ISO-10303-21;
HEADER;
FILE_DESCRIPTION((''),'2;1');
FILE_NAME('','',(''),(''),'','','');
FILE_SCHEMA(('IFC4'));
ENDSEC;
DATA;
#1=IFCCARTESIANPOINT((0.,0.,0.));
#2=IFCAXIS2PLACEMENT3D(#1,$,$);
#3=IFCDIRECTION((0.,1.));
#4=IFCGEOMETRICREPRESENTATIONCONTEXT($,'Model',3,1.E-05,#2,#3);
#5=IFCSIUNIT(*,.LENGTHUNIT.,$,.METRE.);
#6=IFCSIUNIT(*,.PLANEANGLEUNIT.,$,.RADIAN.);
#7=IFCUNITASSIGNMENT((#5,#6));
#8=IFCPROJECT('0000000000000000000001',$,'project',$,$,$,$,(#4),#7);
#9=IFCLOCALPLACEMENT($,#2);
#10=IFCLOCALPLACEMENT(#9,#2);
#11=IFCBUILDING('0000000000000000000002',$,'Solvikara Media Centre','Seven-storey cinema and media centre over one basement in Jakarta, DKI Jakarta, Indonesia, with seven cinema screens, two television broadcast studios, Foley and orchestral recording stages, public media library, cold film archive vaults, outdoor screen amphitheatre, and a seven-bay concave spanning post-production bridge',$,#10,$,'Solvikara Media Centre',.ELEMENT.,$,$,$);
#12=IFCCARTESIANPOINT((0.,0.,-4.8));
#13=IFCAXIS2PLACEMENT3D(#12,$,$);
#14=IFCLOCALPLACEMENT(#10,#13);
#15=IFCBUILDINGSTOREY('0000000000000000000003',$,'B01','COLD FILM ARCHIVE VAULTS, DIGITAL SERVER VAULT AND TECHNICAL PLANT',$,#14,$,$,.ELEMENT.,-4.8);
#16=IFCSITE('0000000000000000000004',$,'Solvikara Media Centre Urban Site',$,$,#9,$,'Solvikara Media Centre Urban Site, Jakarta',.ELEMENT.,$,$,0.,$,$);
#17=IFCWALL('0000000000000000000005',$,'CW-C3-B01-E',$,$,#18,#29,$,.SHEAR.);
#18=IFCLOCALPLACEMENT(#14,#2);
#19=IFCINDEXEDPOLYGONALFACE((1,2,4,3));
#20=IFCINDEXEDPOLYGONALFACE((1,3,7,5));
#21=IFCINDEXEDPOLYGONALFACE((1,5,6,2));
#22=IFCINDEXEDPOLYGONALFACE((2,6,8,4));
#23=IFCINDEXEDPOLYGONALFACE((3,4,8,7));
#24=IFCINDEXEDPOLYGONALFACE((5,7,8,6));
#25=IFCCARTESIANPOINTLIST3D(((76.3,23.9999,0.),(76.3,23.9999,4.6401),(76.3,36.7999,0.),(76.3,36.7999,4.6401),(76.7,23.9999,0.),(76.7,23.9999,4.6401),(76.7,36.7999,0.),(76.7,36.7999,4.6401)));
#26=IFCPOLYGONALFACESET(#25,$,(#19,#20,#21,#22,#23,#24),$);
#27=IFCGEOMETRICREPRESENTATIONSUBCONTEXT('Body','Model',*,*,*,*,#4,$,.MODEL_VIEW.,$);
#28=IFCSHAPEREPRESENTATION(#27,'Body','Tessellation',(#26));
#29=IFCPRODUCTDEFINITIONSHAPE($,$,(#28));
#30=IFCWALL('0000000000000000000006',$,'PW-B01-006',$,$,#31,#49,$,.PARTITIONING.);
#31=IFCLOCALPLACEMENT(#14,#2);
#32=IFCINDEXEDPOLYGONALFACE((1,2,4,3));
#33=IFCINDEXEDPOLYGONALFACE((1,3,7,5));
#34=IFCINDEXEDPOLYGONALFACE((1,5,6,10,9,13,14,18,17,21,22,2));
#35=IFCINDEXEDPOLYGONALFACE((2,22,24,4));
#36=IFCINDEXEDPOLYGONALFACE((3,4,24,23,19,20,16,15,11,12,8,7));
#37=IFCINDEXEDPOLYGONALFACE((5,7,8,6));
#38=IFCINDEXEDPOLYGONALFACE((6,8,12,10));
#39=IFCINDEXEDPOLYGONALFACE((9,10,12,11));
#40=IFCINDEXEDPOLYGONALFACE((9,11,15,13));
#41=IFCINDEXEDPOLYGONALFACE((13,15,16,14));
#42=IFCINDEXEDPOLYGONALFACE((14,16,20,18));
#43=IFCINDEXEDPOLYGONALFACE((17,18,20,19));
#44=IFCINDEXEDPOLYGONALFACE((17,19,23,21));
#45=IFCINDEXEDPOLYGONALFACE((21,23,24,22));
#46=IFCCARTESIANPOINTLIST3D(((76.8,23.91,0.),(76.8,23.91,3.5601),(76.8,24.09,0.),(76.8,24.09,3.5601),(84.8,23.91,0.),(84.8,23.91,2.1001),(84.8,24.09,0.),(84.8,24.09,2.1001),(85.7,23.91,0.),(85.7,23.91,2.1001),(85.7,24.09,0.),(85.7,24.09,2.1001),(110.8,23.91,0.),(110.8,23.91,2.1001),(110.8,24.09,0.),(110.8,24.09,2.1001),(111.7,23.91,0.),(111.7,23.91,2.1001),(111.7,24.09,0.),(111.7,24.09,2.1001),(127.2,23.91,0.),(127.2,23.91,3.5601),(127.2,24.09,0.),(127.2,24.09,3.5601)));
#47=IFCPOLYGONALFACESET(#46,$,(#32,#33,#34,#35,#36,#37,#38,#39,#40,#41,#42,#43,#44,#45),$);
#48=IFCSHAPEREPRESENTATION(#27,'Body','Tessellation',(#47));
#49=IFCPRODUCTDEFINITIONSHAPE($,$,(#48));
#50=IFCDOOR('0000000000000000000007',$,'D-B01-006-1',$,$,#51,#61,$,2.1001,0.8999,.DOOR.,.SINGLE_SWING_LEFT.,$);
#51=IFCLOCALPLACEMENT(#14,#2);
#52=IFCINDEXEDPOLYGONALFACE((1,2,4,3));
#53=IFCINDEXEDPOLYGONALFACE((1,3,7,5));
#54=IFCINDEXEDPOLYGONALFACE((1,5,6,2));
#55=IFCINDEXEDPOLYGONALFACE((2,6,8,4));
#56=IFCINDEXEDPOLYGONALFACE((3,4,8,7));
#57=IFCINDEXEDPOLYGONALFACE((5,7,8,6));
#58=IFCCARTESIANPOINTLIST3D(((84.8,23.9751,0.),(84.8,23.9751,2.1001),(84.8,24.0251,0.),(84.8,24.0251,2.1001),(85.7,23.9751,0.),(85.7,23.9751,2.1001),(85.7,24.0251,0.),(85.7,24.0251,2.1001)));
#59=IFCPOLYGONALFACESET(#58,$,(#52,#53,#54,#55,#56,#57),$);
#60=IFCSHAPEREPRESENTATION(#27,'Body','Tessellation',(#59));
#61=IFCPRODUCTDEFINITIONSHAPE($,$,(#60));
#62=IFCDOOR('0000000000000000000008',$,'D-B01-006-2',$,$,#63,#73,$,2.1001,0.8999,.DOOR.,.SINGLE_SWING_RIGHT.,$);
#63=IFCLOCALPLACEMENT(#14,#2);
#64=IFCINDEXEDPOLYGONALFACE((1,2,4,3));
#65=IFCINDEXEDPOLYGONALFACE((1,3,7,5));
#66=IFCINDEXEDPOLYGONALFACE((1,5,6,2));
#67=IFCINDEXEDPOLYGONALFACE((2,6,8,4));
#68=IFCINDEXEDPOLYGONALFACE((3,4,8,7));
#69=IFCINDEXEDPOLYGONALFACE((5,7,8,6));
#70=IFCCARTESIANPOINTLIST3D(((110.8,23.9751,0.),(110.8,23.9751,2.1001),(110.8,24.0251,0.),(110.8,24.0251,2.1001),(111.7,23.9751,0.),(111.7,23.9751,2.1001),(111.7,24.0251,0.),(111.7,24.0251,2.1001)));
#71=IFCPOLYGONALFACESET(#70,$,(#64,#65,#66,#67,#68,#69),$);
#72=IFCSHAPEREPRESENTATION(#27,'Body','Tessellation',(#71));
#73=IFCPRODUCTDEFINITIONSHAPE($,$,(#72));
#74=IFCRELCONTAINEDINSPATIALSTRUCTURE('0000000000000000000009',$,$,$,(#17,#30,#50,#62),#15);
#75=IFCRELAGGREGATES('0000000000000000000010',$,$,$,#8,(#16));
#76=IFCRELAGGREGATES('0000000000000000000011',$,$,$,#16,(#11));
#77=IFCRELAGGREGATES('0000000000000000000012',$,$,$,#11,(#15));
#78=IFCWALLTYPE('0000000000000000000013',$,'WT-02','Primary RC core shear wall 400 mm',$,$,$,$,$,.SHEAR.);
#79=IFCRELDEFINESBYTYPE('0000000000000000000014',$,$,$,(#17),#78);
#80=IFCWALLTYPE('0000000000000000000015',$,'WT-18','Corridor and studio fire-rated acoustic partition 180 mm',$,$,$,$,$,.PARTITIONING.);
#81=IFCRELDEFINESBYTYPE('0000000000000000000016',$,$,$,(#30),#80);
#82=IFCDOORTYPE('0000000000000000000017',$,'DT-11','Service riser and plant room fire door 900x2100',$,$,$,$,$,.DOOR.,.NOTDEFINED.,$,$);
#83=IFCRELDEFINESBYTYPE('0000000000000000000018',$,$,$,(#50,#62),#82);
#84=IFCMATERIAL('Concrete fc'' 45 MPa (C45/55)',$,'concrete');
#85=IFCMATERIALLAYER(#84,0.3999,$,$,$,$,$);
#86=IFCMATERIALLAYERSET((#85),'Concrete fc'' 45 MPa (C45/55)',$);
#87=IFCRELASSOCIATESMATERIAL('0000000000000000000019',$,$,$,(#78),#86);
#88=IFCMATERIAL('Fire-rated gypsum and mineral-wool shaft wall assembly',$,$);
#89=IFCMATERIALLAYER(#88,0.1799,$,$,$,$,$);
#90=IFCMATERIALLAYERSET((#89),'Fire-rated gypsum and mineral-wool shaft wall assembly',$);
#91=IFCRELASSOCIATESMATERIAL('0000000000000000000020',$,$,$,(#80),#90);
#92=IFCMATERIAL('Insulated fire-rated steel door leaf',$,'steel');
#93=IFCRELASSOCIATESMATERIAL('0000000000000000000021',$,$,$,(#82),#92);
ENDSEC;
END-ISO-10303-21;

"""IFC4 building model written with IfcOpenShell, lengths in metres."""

from ifc_helpers import new_model, si_unit, direction, frame, frame_2d, origin, place, context, subcontext, project, spatial, rectangle, extrude, material, layer, layer_set, type_object, element, fill, save


model = new_model("IFC4")

# Units and contexts
model_context = context("Model", 3, precision=1e-05, world=origin(), true_north=direction((0.0, 1.0)))
body_context = subcontext(model_context, "Body", "Model", "MODEL_VIEW")
ifc_project = project(units=[si_unit("LENGTHUNIT", "METRE"), si_unit("PLANEANGLEUNIT", "RADIAN")], contexts=[model_context])

# Site, building, storey
site_placement = place(None, origin())
site = spatial("IfcSite", under=ifc_project, at=site_placement, Name="Solvikara Media Centre Urban Site", LongName="Solvikara Media Centre Urban Site, Jakarta", CompositionType="ELEMENT", RefElevation=0.0)
building_placement = place(site_placement, origin())
building = spatial("IfcBuilding", under=site, at=building_placement, Name="Solvikara Media Centre", Description="Seven-storey cinema and media centre over one basement in Jakarta, DKI Jakarta, Indonesia, with seven cinema screens, two television broadcast studios, Foley and orchestral recording stages, public media library, cold film archive vaults, outdoor screen amphitheatre, and a seven-bay concave spanning post-production bridge", LongName="Solvikara Media Centre", CompositionType="ELEMENT")
storey_placement = place(building_placement, frame((0.0, 0.0, -4.8)))
storey = spatial("IfcBuildingStorey", under=building, at=storey_placement, Name="B01", Description="COLD FILM ARCHIVE VAULTS, DIGITAL SERVER VAULT AND TECHNICAL PLANT", CompositionType="ELEMENT", Elevation=-4.8)

# Shared definitions
ifc_material_1 = material(Name="Concrete fc' 45 MPa (C45/55)", Category="concrete")

# Wall
ifc_layer_1 = layer(ifc_material_1, 0.3999)
ifc_layer_set_1 = layer_set([ifc_layer_1], Name="Concrete fc' 45 MPa (C45/55)")
wall_type_1 = type_object("IfcWallType", Name="WT-02", Description="Primary RC core shear wall 400 mm", PredefinedType="SHEAR", material=ifc_layer_set_1)
wall_1_placement = place(storey_placement, frame((76.5, 24.0, 0.0), z_axis=(0.0, 0.0, 1.0), x_axis=(0.0, 1.0, 0.0)))
element("IfcWall", 1, at=wall_1_placement, inside=storey, type_object=wall_type_1, Name="CW-C3-B01-E", PredefinedType="SHEAR", context=body_context, shape_type="SweptSolid", body=[
    extrude(rectangle(XDim=12.8, YDim=0.3999, at=frame_2d((6.3999, 0.0))), origin(), (0.0, 0.0, 1.0), 4.6401),
])

# Wall, openings, doors
ifc_material_2 = material(Name="Fire-rated gypsum and mineral-wool shaft wall assembly")
ifc_layer_2 = layer(ifc_material_2, 0.1799)
ifc_layer_set_2 = layer_set([ifc_layer_2], Name="Fire-rated gypsum and mineral-wool shaft wall assembly")
wall_type_2 = type_object("IfcWallType", Name="WT-18", Description="Corridor and studio fire-rated acoustic partition 180 mm", PredefinedType="PARTITIONING", material=ifc_layer_set_2)
wall_2_placement = place(storey_placement, frame((76.8, 24.0, 0.0), z_axis=(0.0, 0.0, 1.0), x_axis=(1.0, 0.0, 0.0)))
wall_2 = element("IfcWall", 2, at=wall_2_placement, inside=storey, type_object=wall_type_2, Name="PW-B01-006", PredefinedType="PARTITIONING", context=body_context, shape_type="SweptSolid", body=[
    extrude(rectangle(XDim=50.3999, YDim=0.1799, at=frame_2d((25.2, 0.0))), origin(), (0.0, 0.0, 1.0), 3.5601),
])
opening_1_placement = place(wall_2_placement, frame((8.0, 0.0, 0.0)))
opening_1 = element("IfcOpeningElement", 3, at=opening_1_placement, cuts=wall_2, PredefinedType="OPENING", context=body_context, shape_type="SweptSolid", body=[
    extrude(rectangle(XDim=0.8999, YDim=2.1001, at=frame_2d((0.45, 1.05))), frame((0.0, 0.1021, 0.0), z_axis=(0.0, -1.0, 0.0), x_axis=(1.0, 0.0, 0.0)), (0.0, 0.0, 1.0), 0.2039),
])
opening_2_placement = place(wall_2_placement, frame((34.0, 0.0, 0.0)))
opening_2 = element("IfcOpeningElement", 4, at=opening_2_placement, cuts=wall_2, PredefinedType="OPENING", context=body_context, shape_type="SweptSolid", body=[
    extrude(rectangle(XDim=0.8999, YDim=2.1001, at=frame_2d((0.45, 1.05))), frame((0.0, 0.1021, 0.0), z_axis=(0.0, -1.0, 0.0), x_axis=(1.0, 0.0, 0.0)), (0.0, 0.0, 1.0), 0.2039),
])
ifc_material_3 = material(Name="Insulated fire-rated steel door leaf", Category="steel")
door_type = type_object("IfcDoorType", Name="DT-11", Description="Service riser and plant room fire door 900x2100", OperationType="NOTDEFINED", PredefinedType="DOOR", material=ifc_material_3)
door_1_placement = place(opening_1_placement, frame((0.8999, 0.0, 0.0), z_axis=(0.0, 0.0, 1.0), x_axis=(-1.0, 0.0, 0.0)))
door_1 = element("IfcDoor", 5, at=door_1_placement, inside=storey, type_object=door_type, Name="D-B01-006-1", OperationType="SINGLE_SWING_LEFT", OverallHeight=2.1001, OverallWidth=0.8999, PredefinedType="DOOR", context=body_context, shape_type="SweptSolid", body=[
    extrude(rectangle(XDim=0.8999, YDim=2.1001, at=frame_2d((0.45, 1.05))), frame((0.0, 0.0249, 0.0), z_axis=(0.0, -1.0, 0.0), x_axis=(1.0, 0.0, 0.0)), (0.0, 0.0, 1.0), 0.05),
])
fill(opening_1, door_1)
door_2_placement = place(opening_2_placement, frame((0.8999, 0.0, 0.0), z_axis=(0.0, 0.0, 1.0), x_axis=(-1.0, 0.0, 0.0)))
door_2 = element("IfcDoor", 6, at=door_2_placement, inside=storey, type_object=door_type, Name="D-B01-006-2", OperationType="SINGLE_SWING_RIGHT", OverallHeight=2.1001, OverallWidth=0.8999, PredefinedType="DOOR", context=body_context, shape_type="SweptSolid", body=[
    extrude(rectangle(XDim=0.8999, YDim=2.1001, at=frame_2d((0.45, 1.05))), frame((0.0, 0.0249, 0.0), z_axis=(0.0, -1.0, 0.0), x_axis=(1.0, 0.0, 0.0)), (0.0, 0.0, 1.0), 0.05),
])
fill(opening_2, door_2)

save(model, "model.ifc")
